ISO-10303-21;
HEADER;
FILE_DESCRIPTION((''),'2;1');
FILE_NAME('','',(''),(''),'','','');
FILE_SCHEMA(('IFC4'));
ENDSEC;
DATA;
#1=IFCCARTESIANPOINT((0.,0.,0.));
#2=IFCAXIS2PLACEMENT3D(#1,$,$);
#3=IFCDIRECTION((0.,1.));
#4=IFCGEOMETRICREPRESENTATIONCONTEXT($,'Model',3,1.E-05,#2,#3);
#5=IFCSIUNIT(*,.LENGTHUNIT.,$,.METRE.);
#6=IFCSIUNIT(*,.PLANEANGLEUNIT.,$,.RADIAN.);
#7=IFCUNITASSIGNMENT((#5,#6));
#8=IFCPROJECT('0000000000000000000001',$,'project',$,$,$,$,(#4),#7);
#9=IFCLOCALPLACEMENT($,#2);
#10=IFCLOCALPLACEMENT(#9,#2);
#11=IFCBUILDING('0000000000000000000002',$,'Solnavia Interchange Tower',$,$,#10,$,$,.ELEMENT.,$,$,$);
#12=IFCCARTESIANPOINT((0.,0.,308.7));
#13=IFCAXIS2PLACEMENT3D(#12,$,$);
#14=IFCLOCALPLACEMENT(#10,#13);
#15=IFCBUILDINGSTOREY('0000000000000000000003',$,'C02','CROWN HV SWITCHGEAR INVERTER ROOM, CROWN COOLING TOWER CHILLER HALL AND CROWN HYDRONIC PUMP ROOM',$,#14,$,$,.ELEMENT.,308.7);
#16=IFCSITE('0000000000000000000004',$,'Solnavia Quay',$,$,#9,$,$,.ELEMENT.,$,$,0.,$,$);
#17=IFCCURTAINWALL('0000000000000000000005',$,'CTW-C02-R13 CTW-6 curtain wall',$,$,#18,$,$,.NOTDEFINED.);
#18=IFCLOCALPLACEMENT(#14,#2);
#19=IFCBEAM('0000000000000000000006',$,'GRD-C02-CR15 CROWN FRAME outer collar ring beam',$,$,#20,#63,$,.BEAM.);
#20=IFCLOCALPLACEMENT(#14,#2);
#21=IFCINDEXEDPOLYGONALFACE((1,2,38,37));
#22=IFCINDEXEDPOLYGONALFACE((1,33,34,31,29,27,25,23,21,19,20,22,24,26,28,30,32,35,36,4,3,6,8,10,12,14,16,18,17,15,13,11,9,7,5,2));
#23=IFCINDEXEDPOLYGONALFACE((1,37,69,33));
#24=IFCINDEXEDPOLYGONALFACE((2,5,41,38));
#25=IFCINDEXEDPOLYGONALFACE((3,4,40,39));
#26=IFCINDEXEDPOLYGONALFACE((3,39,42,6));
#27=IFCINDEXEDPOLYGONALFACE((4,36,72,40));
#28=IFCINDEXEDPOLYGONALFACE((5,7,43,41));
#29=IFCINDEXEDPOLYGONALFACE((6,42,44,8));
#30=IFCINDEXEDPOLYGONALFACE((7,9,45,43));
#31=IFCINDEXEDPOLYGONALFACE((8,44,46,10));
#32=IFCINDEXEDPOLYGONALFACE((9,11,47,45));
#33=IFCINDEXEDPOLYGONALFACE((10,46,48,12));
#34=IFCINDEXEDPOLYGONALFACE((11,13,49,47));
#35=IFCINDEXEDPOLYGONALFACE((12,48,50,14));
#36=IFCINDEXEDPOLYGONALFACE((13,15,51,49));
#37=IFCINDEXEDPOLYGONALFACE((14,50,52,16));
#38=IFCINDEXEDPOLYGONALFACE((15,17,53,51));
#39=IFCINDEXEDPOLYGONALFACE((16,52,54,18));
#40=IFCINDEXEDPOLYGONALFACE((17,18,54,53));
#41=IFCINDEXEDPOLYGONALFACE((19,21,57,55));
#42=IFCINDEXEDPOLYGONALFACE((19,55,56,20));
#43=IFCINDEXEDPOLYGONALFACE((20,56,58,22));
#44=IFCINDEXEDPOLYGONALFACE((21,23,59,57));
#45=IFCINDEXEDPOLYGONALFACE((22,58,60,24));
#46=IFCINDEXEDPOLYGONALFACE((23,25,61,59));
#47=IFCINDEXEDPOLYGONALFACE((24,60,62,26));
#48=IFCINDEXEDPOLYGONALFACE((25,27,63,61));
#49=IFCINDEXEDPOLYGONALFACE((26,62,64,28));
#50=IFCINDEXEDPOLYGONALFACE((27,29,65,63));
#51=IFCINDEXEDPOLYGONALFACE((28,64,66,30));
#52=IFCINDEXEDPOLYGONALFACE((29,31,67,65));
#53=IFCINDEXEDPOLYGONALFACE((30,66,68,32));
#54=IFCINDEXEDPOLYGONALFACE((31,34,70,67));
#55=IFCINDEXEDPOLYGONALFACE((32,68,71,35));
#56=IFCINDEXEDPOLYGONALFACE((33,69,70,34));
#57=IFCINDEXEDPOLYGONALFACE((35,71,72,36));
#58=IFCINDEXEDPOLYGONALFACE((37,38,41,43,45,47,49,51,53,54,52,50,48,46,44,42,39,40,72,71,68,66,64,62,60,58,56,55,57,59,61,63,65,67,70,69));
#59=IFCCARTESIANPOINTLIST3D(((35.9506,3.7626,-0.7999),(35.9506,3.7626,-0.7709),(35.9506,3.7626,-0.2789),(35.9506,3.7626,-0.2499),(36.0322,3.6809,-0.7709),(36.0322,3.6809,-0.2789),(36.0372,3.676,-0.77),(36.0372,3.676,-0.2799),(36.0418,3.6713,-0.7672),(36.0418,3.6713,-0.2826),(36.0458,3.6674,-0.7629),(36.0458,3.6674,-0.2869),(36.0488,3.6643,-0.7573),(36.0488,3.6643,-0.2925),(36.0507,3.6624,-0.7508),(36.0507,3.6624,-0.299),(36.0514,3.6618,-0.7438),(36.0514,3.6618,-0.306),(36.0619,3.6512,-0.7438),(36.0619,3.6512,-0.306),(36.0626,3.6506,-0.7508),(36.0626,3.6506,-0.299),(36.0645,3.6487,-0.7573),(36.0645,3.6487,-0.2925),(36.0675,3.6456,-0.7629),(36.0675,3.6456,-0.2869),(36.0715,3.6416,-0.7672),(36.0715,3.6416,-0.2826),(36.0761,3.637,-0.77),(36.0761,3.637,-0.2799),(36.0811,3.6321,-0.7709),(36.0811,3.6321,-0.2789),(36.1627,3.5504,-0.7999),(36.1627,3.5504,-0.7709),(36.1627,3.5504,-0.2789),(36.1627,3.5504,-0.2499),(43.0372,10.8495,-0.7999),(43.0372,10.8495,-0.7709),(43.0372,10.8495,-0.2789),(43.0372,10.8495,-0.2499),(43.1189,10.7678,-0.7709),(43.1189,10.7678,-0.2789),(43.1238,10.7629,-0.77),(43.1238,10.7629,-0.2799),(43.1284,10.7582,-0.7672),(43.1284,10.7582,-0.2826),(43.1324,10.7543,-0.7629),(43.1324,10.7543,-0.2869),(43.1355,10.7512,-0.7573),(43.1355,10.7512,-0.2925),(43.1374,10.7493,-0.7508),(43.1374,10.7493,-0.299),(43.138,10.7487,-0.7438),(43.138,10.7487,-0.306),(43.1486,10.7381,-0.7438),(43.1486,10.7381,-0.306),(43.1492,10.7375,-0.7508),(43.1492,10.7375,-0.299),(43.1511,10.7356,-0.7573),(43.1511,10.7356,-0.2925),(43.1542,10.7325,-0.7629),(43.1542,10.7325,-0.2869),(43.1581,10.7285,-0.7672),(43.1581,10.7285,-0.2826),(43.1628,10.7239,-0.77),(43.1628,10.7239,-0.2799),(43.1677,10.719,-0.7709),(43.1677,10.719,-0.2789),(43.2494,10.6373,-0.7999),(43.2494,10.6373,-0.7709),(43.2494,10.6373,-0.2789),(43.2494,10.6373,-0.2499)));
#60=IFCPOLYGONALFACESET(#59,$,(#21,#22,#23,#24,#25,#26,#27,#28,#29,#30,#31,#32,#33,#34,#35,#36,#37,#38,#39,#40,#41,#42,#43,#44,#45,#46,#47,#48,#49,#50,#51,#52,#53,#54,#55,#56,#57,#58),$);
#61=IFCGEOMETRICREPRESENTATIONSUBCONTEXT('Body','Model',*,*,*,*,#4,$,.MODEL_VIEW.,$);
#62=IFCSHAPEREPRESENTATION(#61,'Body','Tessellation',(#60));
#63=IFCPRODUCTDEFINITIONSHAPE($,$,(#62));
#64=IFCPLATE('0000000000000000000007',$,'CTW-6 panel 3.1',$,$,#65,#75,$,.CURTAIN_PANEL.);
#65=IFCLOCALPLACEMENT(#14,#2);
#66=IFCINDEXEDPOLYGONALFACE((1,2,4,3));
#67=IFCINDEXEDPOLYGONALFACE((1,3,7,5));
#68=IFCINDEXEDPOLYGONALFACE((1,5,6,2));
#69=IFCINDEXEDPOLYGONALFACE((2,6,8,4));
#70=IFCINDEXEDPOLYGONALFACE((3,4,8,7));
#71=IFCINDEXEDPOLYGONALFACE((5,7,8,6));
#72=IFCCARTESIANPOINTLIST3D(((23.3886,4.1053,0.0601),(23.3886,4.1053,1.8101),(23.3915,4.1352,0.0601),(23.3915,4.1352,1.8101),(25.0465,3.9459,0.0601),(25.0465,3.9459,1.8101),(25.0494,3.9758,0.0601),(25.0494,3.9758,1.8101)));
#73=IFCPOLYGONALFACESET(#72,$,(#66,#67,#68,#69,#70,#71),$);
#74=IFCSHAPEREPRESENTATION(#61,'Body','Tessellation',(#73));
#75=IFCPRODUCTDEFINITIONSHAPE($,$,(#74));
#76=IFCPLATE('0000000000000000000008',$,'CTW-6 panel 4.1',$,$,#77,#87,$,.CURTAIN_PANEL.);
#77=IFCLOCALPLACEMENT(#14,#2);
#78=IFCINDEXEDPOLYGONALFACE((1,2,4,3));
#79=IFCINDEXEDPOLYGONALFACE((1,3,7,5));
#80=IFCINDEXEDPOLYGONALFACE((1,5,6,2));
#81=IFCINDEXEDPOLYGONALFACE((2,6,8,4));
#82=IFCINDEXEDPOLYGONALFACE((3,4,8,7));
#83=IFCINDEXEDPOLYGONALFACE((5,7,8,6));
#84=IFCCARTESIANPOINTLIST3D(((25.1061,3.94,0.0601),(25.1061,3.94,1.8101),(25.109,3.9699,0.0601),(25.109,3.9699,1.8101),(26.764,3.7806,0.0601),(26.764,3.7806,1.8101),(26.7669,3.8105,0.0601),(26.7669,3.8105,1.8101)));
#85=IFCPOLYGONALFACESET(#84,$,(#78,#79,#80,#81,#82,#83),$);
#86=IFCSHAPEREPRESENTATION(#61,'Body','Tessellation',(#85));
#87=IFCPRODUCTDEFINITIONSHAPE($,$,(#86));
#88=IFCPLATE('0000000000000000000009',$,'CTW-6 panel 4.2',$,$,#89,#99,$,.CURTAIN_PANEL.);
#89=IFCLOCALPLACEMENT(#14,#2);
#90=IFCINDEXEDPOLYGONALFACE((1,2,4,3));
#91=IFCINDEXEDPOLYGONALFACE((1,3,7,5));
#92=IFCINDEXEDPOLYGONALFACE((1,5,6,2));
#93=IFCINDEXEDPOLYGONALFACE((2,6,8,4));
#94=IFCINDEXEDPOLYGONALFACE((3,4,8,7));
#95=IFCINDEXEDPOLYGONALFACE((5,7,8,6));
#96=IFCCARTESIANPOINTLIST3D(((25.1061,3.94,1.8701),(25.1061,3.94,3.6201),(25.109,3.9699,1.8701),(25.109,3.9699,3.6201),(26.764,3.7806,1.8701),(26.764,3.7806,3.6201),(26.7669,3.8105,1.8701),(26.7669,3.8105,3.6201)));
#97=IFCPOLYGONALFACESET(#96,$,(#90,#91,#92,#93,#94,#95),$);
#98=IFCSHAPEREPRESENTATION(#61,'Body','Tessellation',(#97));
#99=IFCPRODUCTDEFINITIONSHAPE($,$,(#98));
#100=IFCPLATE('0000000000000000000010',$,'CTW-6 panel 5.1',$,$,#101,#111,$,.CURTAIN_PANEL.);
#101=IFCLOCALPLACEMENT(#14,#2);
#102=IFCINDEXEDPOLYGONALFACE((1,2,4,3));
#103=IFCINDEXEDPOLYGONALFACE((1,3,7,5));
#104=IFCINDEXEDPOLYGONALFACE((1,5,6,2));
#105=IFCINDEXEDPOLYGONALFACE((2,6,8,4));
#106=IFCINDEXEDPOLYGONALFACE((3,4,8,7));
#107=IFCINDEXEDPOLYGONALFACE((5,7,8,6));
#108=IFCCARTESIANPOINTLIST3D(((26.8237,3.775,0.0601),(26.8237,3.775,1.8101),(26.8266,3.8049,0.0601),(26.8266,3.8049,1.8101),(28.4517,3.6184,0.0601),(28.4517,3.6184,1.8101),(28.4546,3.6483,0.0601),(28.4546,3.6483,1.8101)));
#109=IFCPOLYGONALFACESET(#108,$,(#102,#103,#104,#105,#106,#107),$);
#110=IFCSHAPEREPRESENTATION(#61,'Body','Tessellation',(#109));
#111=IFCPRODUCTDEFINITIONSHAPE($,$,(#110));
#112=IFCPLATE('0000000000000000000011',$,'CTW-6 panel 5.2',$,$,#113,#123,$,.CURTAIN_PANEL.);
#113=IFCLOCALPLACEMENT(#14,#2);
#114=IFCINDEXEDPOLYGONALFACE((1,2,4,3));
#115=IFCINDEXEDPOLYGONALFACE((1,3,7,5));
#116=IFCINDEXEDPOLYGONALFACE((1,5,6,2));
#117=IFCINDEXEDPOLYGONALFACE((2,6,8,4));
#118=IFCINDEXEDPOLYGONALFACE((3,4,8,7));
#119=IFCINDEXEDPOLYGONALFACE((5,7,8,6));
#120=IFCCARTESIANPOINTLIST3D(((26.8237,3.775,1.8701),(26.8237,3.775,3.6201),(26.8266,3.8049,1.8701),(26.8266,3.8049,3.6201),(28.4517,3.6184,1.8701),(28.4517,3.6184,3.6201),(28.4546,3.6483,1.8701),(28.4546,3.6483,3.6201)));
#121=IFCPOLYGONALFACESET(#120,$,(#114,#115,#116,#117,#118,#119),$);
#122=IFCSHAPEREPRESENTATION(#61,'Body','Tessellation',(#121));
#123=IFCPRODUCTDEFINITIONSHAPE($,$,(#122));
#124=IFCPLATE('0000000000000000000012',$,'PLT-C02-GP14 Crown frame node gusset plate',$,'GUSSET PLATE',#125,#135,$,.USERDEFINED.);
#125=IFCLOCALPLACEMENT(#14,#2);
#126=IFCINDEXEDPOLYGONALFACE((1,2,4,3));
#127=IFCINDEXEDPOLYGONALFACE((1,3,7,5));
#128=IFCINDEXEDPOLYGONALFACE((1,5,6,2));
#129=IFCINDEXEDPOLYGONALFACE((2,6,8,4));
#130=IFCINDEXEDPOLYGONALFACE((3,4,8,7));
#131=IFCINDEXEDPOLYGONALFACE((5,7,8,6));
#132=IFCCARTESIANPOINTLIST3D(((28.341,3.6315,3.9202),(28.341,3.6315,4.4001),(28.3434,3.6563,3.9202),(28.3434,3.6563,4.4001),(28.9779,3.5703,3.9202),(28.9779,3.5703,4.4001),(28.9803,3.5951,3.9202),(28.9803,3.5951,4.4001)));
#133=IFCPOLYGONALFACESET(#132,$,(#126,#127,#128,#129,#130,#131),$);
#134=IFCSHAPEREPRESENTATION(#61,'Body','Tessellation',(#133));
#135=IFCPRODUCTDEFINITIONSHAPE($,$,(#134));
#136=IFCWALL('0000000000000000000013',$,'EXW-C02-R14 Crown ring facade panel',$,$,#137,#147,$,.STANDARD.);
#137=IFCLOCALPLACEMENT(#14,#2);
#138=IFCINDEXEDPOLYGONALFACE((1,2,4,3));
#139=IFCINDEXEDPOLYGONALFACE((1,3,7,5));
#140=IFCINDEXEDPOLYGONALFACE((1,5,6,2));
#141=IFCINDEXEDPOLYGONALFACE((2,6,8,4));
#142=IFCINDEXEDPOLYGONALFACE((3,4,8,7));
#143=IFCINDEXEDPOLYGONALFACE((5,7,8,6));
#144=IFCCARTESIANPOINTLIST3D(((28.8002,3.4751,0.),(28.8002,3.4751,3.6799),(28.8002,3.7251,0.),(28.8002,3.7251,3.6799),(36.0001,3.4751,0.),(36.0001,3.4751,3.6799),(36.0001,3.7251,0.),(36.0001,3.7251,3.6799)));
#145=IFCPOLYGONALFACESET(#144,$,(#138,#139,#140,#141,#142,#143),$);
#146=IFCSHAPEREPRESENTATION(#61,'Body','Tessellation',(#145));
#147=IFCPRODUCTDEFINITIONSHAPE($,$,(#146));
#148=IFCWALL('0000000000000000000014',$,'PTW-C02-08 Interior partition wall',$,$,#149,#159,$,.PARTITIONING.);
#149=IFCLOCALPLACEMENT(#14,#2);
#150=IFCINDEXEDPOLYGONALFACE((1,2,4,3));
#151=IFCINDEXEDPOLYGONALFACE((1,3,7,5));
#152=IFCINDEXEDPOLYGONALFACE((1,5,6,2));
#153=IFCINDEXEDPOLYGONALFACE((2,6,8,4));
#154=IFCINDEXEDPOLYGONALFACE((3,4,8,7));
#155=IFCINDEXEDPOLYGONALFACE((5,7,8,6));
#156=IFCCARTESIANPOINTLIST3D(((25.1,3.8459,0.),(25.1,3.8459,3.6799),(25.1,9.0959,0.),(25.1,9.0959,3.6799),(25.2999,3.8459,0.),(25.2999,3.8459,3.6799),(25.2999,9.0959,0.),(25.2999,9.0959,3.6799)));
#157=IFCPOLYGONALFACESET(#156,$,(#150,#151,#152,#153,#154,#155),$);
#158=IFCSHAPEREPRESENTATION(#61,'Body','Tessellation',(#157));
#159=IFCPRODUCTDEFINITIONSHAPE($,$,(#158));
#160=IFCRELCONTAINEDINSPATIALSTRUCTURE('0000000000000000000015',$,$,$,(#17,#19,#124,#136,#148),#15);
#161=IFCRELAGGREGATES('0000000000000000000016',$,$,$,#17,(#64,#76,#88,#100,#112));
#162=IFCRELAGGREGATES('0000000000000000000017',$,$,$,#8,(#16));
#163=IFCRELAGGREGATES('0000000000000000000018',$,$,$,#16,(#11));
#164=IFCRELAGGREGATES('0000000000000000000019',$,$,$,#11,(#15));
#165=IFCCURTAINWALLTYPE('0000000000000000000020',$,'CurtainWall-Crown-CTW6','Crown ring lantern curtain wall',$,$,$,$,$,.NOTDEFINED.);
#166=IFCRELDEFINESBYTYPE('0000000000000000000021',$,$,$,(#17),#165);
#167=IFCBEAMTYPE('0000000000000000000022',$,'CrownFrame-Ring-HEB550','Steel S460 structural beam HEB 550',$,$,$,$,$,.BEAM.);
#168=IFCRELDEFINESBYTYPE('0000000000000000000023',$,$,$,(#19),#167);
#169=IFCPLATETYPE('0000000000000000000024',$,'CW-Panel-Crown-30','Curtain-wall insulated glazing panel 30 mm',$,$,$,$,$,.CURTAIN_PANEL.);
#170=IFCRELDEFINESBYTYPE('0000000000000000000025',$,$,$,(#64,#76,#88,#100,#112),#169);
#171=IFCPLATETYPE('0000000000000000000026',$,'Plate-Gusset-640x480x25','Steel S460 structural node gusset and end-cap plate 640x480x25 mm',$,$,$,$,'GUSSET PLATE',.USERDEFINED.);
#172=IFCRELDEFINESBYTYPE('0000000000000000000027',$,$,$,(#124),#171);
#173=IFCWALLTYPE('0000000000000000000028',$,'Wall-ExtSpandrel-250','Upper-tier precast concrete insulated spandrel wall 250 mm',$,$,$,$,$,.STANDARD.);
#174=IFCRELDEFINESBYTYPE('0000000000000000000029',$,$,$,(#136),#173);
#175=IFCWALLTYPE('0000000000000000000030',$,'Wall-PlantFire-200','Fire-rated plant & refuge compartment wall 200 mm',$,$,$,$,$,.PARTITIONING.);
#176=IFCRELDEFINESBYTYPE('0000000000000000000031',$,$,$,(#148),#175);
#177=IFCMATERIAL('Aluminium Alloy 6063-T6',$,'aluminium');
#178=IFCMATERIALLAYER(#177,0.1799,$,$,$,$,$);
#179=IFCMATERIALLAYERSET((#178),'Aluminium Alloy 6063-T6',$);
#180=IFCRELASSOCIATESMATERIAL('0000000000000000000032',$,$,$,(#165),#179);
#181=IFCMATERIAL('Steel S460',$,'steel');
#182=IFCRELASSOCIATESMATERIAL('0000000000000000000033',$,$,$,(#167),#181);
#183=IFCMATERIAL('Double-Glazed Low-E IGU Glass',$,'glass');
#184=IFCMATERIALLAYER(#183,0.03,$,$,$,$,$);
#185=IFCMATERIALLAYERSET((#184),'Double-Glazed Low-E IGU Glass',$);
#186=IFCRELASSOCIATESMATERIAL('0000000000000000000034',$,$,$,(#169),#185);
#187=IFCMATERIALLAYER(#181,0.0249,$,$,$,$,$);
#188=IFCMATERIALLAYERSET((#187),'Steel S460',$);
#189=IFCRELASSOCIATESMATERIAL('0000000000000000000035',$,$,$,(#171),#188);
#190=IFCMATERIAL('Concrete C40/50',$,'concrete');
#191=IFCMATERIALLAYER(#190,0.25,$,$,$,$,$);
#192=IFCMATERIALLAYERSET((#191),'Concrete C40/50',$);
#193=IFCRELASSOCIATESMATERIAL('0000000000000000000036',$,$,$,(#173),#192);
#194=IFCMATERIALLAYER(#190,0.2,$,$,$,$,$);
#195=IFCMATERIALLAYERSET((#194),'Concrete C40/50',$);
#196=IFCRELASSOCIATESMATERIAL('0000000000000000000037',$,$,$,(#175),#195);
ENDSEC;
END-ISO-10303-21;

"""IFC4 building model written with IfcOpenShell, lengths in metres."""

from ifc_helpers import new_model, si_unit, direction, frame, frame_2d, origin, origin_2d, place, context, subcontext, project, spatial, rectangle, i_section, extrude, material, layer, layer_set, material_profile, profile_set, type_object, element, aggregate, save


model = new_model("IFC4")

# Units and contexts
model_context = context("Model", 3, precision=1e-05, world=origin(), true_north=direction((0.0, 1.0)))
body_context = subcontext(model_context, "Body", "Model", "MODEL_VIEW")
ifc_project = project(units=[si_unit("LENGTHUNIT", "METRE"), si_unit("PLANEANGLEUNIT", "RADIAN")], contexts=[model_context])

# Site, building, storey
site_placement = place(None, origin())
site = spatial("IfcSite", under=ifc_project, at=site_placement, Name="Solnavia Quay", CompositionType="ELEMENT", RefElevation=0.0)
building_placement = place(site_placement, origin())
building = spatial("IfcBuilding", under=site, at=building_placement, Name="Solnavia Interchange Tower", CompositionType="ELEMENT")
storey_placement = place(building_placement, frame((0.0, 0.0, 308.7)))
storey = spatial("IfcBuildingStorey", under=building, at=storey_placement, Name="C02", Description="CROWN HV SWITCHGEAR INVERTER ROOM, CROWN COOLING TOWER CHILLER HALL AND CROWN HYDRONIC PUMP ROOM", CompositionType="ELEMENT", Elevation=308.7)

# Shared definitions
ifc_material_1 = material(Name="Steel S460", Category="steel")

# Curtain wall
ifc_material_2 = material(Name="Aluminium Alloy 6063-T6", Category="aluminium")
ifc_layer_1 = layer(ifc_material_2, 0.1799)
ifc_layer_set_1 = layer_set([ifc_layer_1], Name="Aluminium Alloy 6063-T6")
curtain_wall_type = type_object("IfcCurtainWallType", Name="CurtainWall-Crown-CTW6", Description="Crown ring lantern curtain wall", PredefinedType="NOTDEFINED", material=ifc_layer_set_1)
curtain_wall_placement = place(storey_placement, origin())
curtain_wall = element("IfcCurtainWall", 1, at=curtain_wall_placement, inside=storey, type_object=curtain_wall_type, Name="CTW-C02-R13 CTW-6 curtain wall", PredefinedType="NOTDEFINED")

# Beam
ifc_material_profile_1 = material_profile(ifc_material_1, i_section(OverallWidth=0.3, OverallDepth=0.55, WebThickness=0.0149, FlangeThickness=0.0291, FilletRadius=0.0271, at=origin_2d()), Name="HEB 550")
ifc_profile_set_1 = profile_set([ifc_material_profile_1], Name="Steel S460")
beam_type = type_object("IfcBeamType", Name="CrownFrame-Ring-HEB550", Description="Steel S460 structural beam HEB 550", PredefinedType="BEAM", material=ifc_profile_set_1)
beam_1_placement = place(storey_placement, frame((36.0566, 3.6565, -0.5249), z_axis=(0.707095, 0.707119, 0.0), x_axis=(-0.707119, 0.707095, 0.0)))
element("IfcBeam", 2, at=beam_1_placement, inside=storey, type_object=beam_type, Name="GRD-C02-CR15 CROWN FRAME outer collar ring beam", PredefinedType="BEAM", context=body_context, shape_type="SweptSolid", body=[
    extrude(i_section(OverallWidth=0.3, OverallDepth=0.55, WebThickness=0.0149, FlangeThickness=0.0291, FilletRadius=0.0271, at=origin_2d()), origin(), (0.0, 0.0, 1.0), 10.0222),
])

# Plates
ifc_material_3 = material(Name="Double-Glazed Low-E IGU Glass", Category="glass")
ifc_layer_2 = layer(ifc_material_3, 0.03)
ifc_layer_set_2 = layer_set([ifc_layer_2], Name="Double-Glazed Low-E IGU Glass")
plate_type_1 = type_object("IfcPlateType", Name="CW-Panel-Crown-30", Description="Curtain-wall insulated glazing panel 30 mm", PredefinedType="CURTAIN_PANEL", material=ifc_layer_set_2)
plate_1_placement = place(storey_placement, frame((24.219, 4.0405, 0.0601), z_axis=(0.0, 0.0, 1.0), x_axis=(0.995408, -0.09572, 0.0)))
plate_1 = element("IfcPlate", 3, at=plate_1_placement, type_object=plate_type_1, Name="CTW-6 panel 3.1", PredefinedType="CURTAIN_PANEL", context=body_context, shape_type="SweptSolid", body=[
    extrude(rectangle(XDim=1.6655, YDim=0.03, at=origin_2d()), origin(), (0.0, 0.0, 1.0), 1.75),
])
plate_2_placement = place(storey_placement, frame((25.9365, 3.8752, 0.0601), z_axis=(0.0, 0.0, 1.0), x_axis=(0.995408, -0.09572, 0.0)))
plate_2 = element("IfcPlate", 4, at=plate_2_placement, type_object=plate_type_1, Name="CTW-6 panel 4.1", PredefinedType="CURTAIN_PANEL", context=body_context, shape_type="SweptSolid", body=[
    extrude(rectangle(XDim=1.6655, YDim=0.03, at=origin_2d()), origin(), (0.0, 0.0, 1.0), 1.75),
])
plate_3_placement = place(storey_placement, frame((25.9365, 3.8752, 1.8701), z_axis=(0.0, 0.0, 1.0), x_axis=(0.995408, -0.09572, 0.0)))
plate_3 = element("IfcPlate", 5, at=plate_3_placement, type_object=plate_type_1, Name="CTW-6 panel 4.2", PredefinedType="CURTAIN_PANEL", context=body_context, shape_type="SweptSolid", body=[
    extrude(rectangle(XDim=1.6655, YDim=0.03, at=origin_2d()), origin(), (0.0, 0.0, 1.0), 1.75),
])
plate_4_placement = place(storey_placement, frame((27.6392, 3.7117, 0.0601), z_axis=(0.0, 0.0, 1.0), x_axis=(0.995408, -0.09572, 0.0)))
plate_4 = element("IfcPlate", 6, at=plate_4_placement, type_object=plate_type_1, Name="CTW-6 panel 5.1", PredefinedType="CURTAIN_PANEL", context=body_context, shape_type="SweptSolid", body=[
    extrude(rectangle(XDim=1.6355, YDim=0.03, at=origin_2d()), origin(), (0.0, 0.0, 1.0), 1.75),
])
plate_5_placement = place(storey_placement, frame((27.6392, 3.7117, 1.8701), z_axis=(0.0, 0.0, 1.0), x_axis=(0.995408, -0.09572, 0.0)))
plate_5 = element("IfcPlate", 7, at=plate_5_placement, type_object=plate_type_1, Name="CTW-6 panel 5.2", PredefinedType="CURTAIN_PANEL", context=body_context, shape_type="SweptSolid", body=[
    extrude(rectangle(XDim=1.6355, YDim=0.03, at=origin_2d()), origin(), (0.0, 0.0, 1.0), 1.75),
])
aggregate(curtain_wall, [plate_1, plate_2, plate_3, plate_4, plate_5])
ifc_layer_3 = layer(ifc_material_1, 0.0249)
ifc_layer_set_3 = layer_set([ifc_layer_3], Name="Steel S460")
plate_type_2 = type_object("IfcPlateType", Name="Plate-Gusset-640x480x25", Description="Steel S460 structural node gusset and end-cap plate 640x480x25 mm", ElementType="GUSSET PLATE", PredefinedType="USERDEFINED", material=ifc_layer_set_3)
plate_6_placement = place(storey_placement, frame((28.6606, 3.6133, 3.9202), z_axis=(0.0, 0.0, 1.0), x_axis=(0.995413, -0.095672, 0.0)))
element("IfcPlate", 8, at=plate_6_placement, inside=storey, type_object=plate_type_2, Name="PLT-C02-GP14 Crown frame node gusset plate", ObjectType="GUSSET PLATE", PredefinedType="USERDEFINED", context=body_context, shape_type="SweptSolid", body=[
    extrude(rectangle(XDim=0.6399, YDim=0.0249, at=origin_2d()), origin(), (0.0, 0.0, 1.0), 0.48),
])

# Walls
ifc_material_4 = material(Name="Concrete C40/50", Category="concrete")
ifc_layer_4 = layer(ifc_material_4, 0.25)
ifc_layer_set_4 = layer_set([ifc_layer_4], Name="Concrete C40/50")
wall_type_1 = type_object("IfcWallType", Name="Wall-ExtSpandrel-250", Description="Upper-tier precast concrete insulated spandrel wall 250 mm", PredefinedType="STANDARD", material=ifc_layer_set_4)
wall_1_placement = place(storey_placement, frame((28.8, 3.6001, 0.0), z_axis=(0.0, 0.0, 1.0), x_axis=(1.0, 0.0, 0.0)))
element("IfcWall", 9, at=wall_1_placement, inside=storey, type_object=wall_type_1, Name="EXW-C02-R14 Crown ring facade panel", PredefinedType="STANDARD", context=body_context, shape_type="SweptSolid", body=[
    extrude(rectangle(XDim=7.2, YDim=0.25, at=frame_2d((3.6001, 0.0))), origin(), (0.0, 0.0, 1.0), 3.6799),
])
ifc_layer_5 = layer(ifc_material_4, 0.2)
ifc_layer_set_5 = layer_set([ifc_layer_5], Name="Concrete C40/50")
wall_type_2 = type_object("IfcWallType", Name="Wall-PlantFire-200", Description="Fire-rated plant & refuge compartment wall 200 mm", PredefinedType="PARTITIONING", material=ifc_layer_set_5)
wall_2_placement = place(storey_placement, frame((25.2, 3.8459, 0.0), z_axis=(0.0, 0.0, 1.0), x_axis=(0.0, 1.0, 0.0)))
element("IfcWall", 10, at=wall_2_placement, inside=storey, type_object=wall_type_2, Name="PTW-C02-08 Interior partition wall", PredefinedType="PARTITIONING", context=body_context, shape_type="SweptSolid", body=[
    extrude(rectangle(XDim=5.25, YDim=0.2, at=frame_2d((2.625, 0.0))), origin(), (0.0, 0.0, 1.0), 3.6799),
])

save(model, "model.ifc")
